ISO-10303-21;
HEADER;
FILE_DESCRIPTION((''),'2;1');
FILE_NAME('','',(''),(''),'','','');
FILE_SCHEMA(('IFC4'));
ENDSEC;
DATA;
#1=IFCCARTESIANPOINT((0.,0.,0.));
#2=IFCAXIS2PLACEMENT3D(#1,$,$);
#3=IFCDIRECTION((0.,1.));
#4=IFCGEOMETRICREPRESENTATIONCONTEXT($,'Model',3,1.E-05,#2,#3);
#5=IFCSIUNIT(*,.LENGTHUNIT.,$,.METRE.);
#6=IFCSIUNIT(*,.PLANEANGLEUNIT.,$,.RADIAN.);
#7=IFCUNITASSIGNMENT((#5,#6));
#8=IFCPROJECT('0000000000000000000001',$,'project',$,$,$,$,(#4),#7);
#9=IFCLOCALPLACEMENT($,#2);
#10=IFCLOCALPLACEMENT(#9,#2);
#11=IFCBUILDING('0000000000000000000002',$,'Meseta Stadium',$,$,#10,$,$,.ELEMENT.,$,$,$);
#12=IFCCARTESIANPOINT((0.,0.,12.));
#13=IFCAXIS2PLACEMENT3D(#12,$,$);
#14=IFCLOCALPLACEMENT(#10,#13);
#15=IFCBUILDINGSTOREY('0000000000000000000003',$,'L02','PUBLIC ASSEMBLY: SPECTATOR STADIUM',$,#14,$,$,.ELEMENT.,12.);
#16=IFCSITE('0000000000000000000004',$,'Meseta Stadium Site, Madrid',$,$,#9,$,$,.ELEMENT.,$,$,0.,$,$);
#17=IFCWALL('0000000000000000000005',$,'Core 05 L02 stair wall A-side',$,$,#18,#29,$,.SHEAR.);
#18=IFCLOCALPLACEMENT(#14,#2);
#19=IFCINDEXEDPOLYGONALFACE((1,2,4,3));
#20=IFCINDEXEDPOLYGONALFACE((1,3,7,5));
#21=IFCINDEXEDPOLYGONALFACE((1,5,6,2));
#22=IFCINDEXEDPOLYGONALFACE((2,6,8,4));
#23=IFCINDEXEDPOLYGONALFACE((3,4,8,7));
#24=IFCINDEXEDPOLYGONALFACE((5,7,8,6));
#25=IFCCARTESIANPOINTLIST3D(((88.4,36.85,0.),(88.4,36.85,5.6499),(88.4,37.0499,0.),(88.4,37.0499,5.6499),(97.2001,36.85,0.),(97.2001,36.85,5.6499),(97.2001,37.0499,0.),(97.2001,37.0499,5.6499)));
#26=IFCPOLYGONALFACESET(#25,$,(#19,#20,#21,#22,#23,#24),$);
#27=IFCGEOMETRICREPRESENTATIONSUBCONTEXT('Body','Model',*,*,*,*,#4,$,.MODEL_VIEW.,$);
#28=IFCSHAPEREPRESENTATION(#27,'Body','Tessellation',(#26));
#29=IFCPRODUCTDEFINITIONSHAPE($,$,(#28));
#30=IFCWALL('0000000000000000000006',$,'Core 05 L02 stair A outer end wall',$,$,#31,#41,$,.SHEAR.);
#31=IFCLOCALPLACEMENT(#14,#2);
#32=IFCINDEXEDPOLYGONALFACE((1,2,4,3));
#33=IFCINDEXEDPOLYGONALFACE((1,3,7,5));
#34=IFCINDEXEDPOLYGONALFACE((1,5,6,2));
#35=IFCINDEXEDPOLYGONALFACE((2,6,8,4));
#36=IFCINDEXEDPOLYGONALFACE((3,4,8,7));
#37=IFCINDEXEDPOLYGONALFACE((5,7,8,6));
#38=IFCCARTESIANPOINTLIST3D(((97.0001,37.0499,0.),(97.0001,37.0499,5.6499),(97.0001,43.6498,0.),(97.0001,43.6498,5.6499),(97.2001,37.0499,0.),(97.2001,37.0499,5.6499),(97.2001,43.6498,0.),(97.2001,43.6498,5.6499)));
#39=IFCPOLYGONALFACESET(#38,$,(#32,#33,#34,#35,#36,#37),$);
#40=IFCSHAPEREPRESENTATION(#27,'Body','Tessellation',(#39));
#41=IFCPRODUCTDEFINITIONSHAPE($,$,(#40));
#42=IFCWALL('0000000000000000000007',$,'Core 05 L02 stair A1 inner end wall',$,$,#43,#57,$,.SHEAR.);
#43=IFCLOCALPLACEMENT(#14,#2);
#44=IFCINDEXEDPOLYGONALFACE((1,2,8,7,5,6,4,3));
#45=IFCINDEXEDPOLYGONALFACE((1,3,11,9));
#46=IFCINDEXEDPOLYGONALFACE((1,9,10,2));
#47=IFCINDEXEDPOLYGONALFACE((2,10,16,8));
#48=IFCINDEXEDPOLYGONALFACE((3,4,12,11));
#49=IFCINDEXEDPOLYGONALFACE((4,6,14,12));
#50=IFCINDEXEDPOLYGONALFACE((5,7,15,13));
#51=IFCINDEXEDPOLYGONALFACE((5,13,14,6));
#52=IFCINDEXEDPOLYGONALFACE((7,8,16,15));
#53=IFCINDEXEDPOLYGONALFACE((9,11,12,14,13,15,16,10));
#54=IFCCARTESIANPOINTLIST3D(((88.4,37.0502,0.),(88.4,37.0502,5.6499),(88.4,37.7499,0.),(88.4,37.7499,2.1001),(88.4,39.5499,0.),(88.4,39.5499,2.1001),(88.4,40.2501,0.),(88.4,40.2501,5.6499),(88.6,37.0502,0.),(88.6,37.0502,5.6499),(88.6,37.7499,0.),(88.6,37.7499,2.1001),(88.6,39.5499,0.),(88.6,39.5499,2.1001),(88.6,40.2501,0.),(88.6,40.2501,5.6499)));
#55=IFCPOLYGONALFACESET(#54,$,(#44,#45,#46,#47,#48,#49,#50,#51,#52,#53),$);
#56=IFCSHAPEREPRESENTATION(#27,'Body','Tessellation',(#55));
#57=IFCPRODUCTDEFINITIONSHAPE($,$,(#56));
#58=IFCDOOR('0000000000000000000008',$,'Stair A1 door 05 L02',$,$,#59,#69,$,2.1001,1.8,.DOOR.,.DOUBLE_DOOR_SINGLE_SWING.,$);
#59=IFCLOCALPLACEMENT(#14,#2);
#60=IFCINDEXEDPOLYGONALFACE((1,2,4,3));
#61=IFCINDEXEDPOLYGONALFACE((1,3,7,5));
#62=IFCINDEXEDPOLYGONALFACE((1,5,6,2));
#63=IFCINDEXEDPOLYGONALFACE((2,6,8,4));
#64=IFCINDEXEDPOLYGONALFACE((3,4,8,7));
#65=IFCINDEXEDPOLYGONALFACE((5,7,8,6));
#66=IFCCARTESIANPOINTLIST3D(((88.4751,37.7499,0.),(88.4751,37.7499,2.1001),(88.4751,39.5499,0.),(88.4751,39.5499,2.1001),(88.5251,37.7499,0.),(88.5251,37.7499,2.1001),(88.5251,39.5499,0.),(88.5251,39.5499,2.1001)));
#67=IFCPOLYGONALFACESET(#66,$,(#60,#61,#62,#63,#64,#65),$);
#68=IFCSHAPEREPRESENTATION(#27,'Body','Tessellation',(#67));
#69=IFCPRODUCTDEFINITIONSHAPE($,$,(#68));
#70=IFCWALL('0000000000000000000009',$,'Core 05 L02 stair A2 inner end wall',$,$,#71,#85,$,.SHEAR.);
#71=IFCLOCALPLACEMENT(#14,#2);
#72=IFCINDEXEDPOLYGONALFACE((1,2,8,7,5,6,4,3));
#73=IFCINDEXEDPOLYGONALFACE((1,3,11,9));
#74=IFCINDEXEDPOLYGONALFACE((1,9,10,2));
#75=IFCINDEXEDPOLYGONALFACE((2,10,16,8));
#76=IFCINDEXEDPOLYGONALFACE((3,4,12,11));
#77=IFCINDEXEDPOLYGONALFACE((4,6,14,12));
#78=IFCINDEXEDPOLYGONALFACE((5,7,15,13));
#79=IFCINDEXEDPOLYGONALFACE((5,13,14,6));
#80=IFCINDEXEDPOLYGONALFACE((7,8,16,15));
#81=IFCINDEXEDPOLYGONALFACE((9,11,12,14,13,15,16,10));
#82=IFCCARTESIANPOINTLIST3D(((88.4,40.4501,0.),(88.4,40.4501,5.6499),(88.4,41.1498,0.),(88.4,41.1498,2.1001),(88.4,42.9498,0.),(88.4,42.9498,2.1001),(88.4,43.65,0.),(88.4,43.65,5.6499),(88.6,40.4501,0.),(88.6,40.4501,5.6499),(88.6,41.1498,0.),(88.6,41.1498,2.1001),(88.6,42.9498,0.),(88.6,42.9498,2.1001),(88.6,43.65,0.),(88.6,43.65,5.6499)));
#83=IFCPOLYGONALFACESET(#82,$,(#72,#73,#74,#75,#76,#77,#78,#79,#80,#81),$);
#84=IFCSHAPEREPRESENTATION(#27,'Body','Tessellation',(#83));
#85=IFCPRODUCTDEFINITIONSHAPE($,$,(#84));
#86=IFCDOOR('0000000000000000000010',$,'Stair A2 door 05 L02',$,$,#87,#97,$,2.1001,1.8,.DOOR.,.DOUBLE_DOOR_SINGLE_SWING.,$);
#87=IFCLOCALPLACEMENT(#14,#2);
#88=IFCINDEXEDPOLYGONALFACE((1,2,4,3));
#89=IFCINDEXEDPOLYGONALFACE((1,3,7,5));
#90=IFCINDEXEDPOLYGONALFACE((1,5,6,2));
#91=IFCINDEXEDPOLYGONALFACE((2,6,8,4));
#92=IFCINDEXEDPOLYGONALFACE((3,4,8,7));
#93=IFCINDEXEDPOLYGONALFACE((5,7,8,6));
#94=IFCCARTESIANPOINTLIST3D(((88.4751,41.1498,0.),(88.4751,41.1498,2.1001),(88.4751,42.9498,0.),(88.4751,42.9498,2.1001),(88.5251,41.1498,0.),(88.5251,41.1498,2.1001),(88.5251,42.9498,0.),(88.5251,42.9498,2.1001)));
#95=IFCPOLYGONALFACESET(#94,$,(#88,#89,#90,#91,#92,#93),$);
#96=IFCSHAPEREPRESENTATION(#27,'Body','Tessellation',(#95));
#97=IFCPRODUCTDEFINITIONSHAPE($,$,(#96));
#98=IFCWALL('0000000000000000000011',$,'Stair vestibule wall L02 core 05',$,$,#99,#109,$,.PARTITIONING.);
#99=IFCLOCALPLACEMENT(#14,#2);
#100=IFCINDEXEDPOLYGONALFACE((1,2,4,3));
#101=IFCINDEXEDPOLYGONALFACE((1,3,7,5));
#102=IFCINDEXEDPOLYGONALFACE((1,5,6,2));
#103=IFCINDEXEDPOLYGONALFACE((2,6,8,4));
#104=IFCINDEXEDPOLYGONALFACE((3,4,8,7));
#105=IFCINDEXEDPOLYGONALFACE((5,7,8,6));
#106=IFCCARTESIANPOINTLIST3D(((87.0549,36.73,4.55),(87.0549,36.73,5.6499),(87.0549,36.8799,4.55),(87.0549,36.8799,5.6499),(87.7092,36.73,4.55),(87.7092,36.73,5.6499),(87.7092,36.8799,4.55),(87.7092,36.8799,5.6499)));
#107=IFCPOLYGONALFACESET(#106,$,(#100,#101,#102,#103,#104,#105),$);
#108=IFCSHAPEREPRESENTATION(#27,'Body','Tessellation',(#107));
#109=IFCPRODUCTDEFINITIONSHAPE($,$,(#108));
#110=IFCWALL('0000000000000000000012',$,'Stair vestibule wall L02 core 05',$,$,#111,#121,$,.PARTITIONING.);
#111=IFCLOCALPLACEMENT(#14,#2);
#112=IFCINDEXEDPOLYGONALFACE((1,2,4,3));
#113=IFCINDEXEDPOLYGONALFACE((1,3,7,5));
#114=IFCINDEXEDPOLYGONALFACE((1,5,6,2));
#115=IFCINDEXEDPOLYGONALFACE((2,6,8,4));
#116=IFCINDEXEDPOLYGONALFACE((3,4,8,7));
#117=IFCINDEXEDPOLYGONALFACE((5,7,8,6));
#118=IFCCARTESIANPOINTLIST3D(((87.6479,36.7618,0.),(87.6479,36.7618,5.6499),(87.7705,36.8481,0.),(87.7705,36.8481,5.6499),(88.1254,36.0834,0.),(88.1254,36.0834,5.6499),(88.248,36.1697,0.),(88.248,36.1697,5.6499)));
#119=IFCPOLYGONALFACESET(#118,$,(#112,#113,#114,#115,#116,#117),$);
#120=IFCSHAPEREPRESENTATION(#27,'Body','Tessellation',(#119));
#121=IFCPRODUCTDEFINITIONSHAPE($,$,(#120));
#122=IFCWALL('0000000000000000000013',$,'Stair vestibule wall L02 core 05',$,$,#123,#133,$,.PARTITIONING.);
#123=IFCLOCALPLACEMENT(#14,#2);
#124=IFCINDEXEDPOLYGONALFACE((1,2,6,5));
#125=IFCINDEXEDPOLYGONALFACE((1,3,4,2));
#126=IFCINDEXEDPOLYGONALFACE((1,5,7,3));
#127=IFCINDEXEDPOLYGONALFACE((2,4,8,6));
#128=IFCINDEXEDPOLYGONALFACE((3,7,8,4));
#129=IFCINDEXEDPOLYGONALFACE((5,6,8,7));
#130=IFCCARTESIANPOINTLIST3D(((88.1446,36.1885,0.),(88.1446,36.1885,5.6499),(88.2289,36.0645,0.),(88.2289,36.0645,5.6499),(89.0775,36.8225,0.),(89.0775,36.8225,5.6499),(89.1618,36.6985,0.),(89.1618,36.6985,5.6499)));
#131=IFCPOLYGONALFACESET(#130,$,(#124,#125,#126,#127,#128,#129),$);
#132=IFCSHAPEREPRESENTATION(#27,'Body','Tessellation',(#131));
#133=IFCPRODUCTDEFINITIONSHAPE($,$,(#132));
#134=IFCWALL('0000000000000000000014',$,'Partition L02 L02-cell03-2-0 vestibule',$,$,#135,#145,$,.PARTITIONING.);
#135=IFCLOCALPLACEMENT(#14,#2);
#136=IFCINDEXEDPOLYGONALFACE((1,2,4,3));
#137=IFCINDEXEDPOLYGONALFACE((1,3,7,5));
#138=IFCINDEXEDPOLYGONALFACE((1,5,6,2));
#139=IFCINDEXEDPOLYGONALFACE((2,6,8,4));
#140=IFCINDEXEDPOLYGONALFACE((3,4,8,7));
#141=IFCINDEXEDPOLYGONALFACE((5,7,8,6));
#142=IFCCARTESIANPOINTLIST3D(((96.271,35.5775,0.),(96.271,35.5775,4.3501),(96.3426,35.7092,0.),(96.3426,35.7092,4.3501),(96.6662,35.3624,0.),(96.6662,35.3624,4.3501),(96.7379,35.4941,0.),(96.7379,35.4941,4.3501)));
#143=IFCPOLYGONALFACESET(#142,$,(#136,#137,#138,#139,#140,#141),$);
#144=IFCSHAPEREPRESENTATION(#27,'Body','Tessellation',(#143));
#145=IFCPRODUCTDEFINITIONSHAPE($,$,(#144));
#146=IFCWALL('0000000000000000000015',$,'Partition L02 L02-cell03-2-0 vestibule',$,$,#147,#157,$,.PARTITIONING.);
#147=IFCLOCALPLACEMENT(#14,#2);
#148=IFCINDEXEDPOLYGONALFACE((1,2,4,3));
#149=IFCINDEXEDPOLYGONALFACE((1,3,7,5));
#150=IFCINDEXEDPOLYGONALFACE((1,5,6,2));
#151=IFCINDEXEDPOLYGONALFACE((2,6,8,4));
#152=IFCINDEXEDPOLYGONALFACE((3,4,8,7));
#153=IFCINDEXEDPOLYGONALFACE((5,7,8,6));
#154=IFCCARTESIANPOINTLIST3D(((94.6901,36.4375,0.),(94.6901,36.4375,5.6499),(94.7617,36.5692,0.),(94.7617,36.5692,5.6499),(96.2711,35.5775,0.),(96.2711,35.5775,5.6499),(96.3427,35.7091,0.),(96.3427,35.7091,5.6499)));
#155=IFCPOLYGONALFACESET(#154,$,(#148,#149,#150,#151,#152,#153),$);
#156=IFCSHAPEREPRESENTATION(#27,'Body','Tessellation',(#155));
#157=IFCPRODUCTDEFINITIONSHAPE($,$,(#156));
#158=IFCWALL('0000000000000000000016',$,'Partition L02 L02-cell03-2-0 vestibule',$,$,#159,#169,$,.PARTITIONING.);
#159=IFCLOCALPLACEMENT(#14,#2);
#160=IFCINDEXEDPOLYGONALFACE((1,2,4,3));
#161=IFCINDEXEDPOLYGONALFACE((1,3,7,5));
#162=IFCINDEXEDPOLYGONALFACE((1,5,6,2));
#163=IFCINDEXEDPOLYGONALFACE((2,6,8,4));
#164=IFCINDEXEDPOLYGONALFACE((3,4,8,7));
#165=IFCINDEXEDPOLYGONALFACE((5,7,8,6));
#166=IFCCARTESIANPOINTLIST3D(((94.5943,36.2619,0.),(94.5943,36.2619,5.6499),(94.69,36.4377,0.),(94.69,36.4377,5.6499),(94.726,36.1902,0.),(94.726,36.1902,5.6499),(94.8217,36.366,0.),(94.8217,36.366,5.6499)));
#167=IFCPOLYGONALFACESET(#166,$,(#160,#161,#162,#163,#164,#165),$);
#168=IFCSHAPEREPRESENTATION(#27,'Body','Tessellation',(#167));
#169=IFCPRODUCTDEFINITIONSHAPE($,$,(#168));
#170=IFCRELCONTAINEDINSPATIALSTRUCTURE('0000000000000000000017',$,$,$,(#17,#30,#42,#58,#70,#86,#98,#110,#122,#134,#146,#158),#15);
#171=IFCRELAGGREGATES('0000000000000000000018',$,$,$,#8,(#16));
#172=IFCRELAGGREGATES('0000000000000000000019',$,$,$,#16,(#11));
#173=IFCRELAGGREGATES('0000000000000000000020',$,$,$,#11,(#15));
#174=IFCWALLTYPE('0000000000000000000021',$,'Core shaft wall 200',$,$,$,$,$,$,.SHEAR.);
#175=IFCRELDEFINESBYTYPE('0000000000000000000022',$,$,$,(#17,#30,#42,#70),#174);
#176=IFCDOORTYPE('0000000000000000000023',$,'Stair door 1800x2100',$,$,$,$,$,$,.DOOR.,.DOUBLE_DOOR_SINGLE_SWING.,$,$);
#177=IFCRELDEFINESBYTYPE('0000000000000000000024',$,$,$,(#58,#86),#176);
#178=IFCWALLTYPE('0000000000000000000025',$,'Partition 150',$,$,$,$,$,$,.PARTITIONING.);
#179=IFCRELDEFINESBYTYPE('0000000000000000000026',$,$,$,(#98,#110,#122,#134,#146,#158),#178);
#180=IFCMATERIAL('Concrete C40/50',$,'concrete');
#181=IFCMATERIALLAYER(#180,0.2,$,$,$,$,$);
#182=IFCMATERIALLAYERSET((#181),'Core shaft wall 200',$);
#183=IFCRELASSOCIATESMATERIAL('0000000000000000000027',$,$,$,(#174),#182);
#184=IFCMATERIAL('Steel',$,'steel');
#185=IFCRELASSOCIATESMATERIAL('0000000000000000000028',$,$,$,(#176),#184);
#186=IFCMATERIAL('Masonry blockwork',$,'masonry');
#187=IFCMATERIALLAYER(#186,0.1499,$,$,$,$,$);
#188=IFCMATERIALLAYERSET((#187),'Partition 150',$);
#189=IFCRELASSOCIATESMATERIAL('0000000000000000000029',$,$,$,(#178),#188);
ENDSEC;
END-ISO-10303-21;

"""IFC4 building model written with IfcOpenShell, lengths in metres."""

from ifc_helpers import new_model, si_unit, direction, frame, frame_2d, origin, place, context, subcontext, project, spatial, rectangle, extrude, material, layer, layer_set, type_object, element, fill, save


model = new_model("IFC4")

# Units and contexts
model_context = context("Model", 3, precision=1e-05, world=origin(), true_north=direction((0.0, 1.0)))
body_context = subcontext(model_context, "Body", "Model", "MODEL_VIEW")
ifc_project = project(units=[si_unit("LENGTHUNIT", "METRE"), si_unit("PLANEANGLEUNIT", "RADIAN")], contexts=[model_context])

# Site, building, storey
site_placement = place(None, origin())
site = spatial("IfcSite", under=ifc_project, at=site_placement, Name="Meseta Stadium Site, Madrid", CompositionType="ELEMENT", RefElevation=0.0)
building_placement = place(site_placement, origin())
building = spatial("IfcBuilding", under=site, at=building_placement, Name="Meseta Stadium", CompositionType="ELEMENT")
storey_placement = place(building_placement, frame((0.0, 0.0, 12.0)))
storey = spatial("IfcBuildingStorey", under=building, at=storey_placement, Name="L02", Description="PUBLIC ASSEMBLY: SPECTATOR STADIUM", CompositionType="ELEMENT", Elevation=12.0)

# Walls
ifc_material_1 = material(Name="Concrete C40/50", Category="concrete")
ifc_layer_1 = layer(ifc_material_1, 0.2)
ifc_layer_set_1 = layer_set([ifc_layer_1], Name="Core shaft wall 200")
wall_type_1 = type_object("IfcWallType", Name="Core shaft wall 200", PredefinedType="SHEAR", material=ifc_layer_set_1)
wall_1_placement = place(storey_placement, frame((97.2, 36.95, 0.0), z_axis=(0.0, 0.0, 1.0), x_axis=(-1.0, 0.0, 0.0)))
element("IfcWall", 1, at=wall_1_placement, inside=storey, type_object=wall_type_1, Name="Core 05 L02 stair wall A-side", PredefinedType="SHEAR", context=body_context, shape_type="SweptSolid", body=[
    extrude(rectangle(XDim=8.8, YDim=0.2, at=frame_2d((4.3999, 0.0))), origin(), (0.0, 0.0, 1.0), 5.6499),
])
wall_2_placement = place(storey_placement, frame((97.1001, 37.05, 0.0), z_axis=(0.0, 0.0, 1.0), x_axis=(0.0, 1.0, 0.0)))
element("IfcWall", 2, at=wall_2_placement, inside=storey, type_object=wall_type_1, Name="Core 05 L02 stair A outer end wall", PredefinedType="SHEAR", context=body_context, shape_type="SweptSolid", body=[
    extrude(rectangle(XDim=6.5999, YDim=0.2, at=frame_2d((3.2998, 0.0))), origin(), (0.0, 0.0, 1.0), 5.6499),
])

# Walls, openings, doors
wall_3_placement = place(storey_placement, frame((88.5, 37.05, 0.0), z_axis=(0.0, 0.0, 1.0), x_axis=(0.0, 1.0, 0.0)))
wall_3 = element("IfcWall", 3, at=wall_3_placement, inside=storey, type_object=wall_type_1, Name="Core 05 L02 stair A1 inner end wall", PredefinedType="SHEAR", context=body_context, shape_type="SweptSolid", body=[
    extrude(rectangle(XDim=3.2, YDim=0.2, at=frame_2d((1.6001, 0.0))), origin(), (0.0, 0.0, 1.0), 5.6499),
])
opening_1_placement = place(wall_3_placement, frame((0.7, 0.0, 0.0)))
opening_1 = element("IfcOpeningElement", 4, at=opening_1_placement, cuts=wall_3, PredefinedType="OPENING", context=body_context, shape_type="SweptSolid", body=[
    extrude(rectangle(XDim=1.8, YDim=2.1001, at=frame_2d((0.8999, 1.05))), frame((0.0, 0.1099, 0.0), z_axis=(0.0, -1.0, 0.0), x_axis=(1.0, 0.0, 0.0)), (0.0, 0.0, 1.0), 0.22),
])
ifc_material_2 = material(Name="Steel", Category="steel")
door_type_1 = type_object("IfcDoorType", Name="Stair door 1800x2100", OperationType="DOUBLE_DOOR_SINGLE_SWING", PredefinedType="DOOR", material=ifc_material_2)
door_1_placement = place(opening_1_placement, origin())
door_1 = element("IfcDoor", 5, at=door_1_placement, inside=storey, type_object=door_type_1, Name="Stair A1 door 05 L02", OperationType="DOUBLE_DOOR_SINGLE_SWING", OverallHeight=2.1001, OverallWidth=1.8, PredefinedType="DOOR", context=body_context, shape_type="SweptSolid", body=[
    extrude(rectangle(XDim=1.8, YDim=2.1001, at=frame_2d((0.8999, 1.05))), frame((0.0, 0.0249, 0.0), z_axis=(0.0, -1.0, 0.0), x_axis=(1.0, 0.0, 0.0)), (0.0, 0.0, 1.0), 0.05),
])
fill(opening_1, door_1)
wall_4_placement = place(storey_placement, frame((88.5, 40.45, 0.0), z_axis=(0.0, 0.0, 1.0), x_axis=(0.0, 1.0, 0.0)))
wall_4 = element("IfcWall", 6, at=wall_4_placement, inside=storey, type_object=wall_type_1, Name="Core 05 L02 stair A2 inner end wall", PredefinedType="SHEAR", context=body_context, shape_type="SweptSolid", body=[
    extrude(rectangle(XDim=3.2, YDim=0.2, at=frame_2d((1.6001, 0.0))), origin(), (0.0, 0.0, 1.0), 5.6499),
])
opening_2_placement = place(wall_4_placement, frame((0.7, 0.0, 0.0)))
opening_2 = element("IfcOpeningElement", 7, at=opening_2_placement, cuts=wall_4, PredefinedType="OPENING", context=body_context, shape_type="SweptSolid", body=[
    extrude(rectangle(XDim=1.8, YDim=2.1001, at=frame_2d((0.8999, 1.05))), frame((0.0, 0.1099, 0.0), z_axis=(0.0, -1.0, 0.0), x_axis=(1.0, 0.0, 0.0)), (0.0, 0.0, 1.0), 0.22),
])
door_2_placement = place(opening_2_placement, origin())
door_2 = element("IfcDoor", 8, at=door_2_placement, inside=storey, type_object=door_type_1, Name="Stair A2 door 05 L02", OperationType="DOUBLE_DOOR_SINGLE_SWING", OverallHeight=2.1001, OverallWidth=1.8, PredefinedType="DOOR", context=body_context, shape_type="SweptSolid", body=[
    extrude(rectangle(XDim=1.8, YDim=2.1001, at=frame_2d((0.8999, 1.05))), frame((0.0, 0.0249, 0.0), z_axis=(0.0, -1.0, 0.0), x_axis=(1.0, 0.0, 0.0)), (0.0, 0.0, 1.0), 0.05),
])
fill(opening_2, door_2)

# Walls
ifc_material_3 = material(Name="Masonry blockwork", Category="masonry")
ifc_layer_2 = layer(ifc_material_3, 0.1499)
ifc_layer_set_2 = layer_set([ifc_layer_2], Name="Partition 150")
wall_type_2 = type_object("IfcWallType", Name="Partition 150", PredefinedType="PARTITIONING", material=ifc_layer_set_2)
wall_5_placement = place(storey_placement, frame((87.0549, 36.8049, 4.55), z_axis=(0.0, 0.0, 1.0), x_axis=(1.0, 0.0, 0.0)))
element("IfcWall", 9, at=wall_5_placement, inside=storey, type_object=wall_type_2, Name="Stair vestibule wall L02 core 05", PredefinedType="PARTITIONING", context=body_context, shape_type="SweptSolid", body=[
    extrude(rectangle(XDim=0.6543, YDim=0.1499, at=frame_2d((0.3271, 0.0))), origin(), (0.0, 0.0, 1.0), 1.0999),
])
wall_6_placement = place(storey_placement, frame((87.7092, 36.8049, 0.0), z_axis=(0.0, 0.0, 1.0), x_axis=(0.575574, -0.81775, 0.0)))
element("IfcWall", 10, at=wall_6_placement, inside=storey, type_object=wall_type_2, Name="Stair vestibule wall L02 core 05", PredefinedType="PARTITIONING", context=body_context, shape_type="SweptSolid", body=[
    extrude(rectangle(XDim=0.8296, YDim=0.1499, at=frame_2d((0.4148, 0.0))), origin(), (0.0, 0.0, 1.0), 5.6499),
])
wall_7_placement = place(storey_placement, frame((88.1868, 36.1265, 0.0), z_axis=(0.0, 0.0, 1.0), x_axis=(0.827055, 0.562121, 0.0)))
element("IfcWall", 11, at=wall_7_placement, inside=storey, type_object=wall_type_2, Name="Stair vestibule wall L02 core 05", PredefinedType="PARTITIONING", context=body_context, shape_type="SweptSolid", body=[
    extrude(rectangle(XDim=1.1279, YDim=0.1499, at=frame_2d((0.564, 0.0))), origin(), (0.0, 0.0, 1.0), 5.6499),
])
wall_8_placement = place(storey_placement, frame((96.7021, 35.4282, 0.0), z_axis=(0.0, 0.0, 1.0), x_axis=(-0.878372, 0.477978, 0.0)))
element("IfcWall", 12, at=wall_8_placement, inside=storey, type_object=wall_type_2, Name="Partition L02 L02-cell03-2-0 vestibule", PredefinedType="PARTITIONING", context=body_context, shape_type="SweptSolid", body=[
    extrude(rectangle(XDim=0.45, YDim=0.1499, at=frame_2d((0.2251, 0.0))), origin(), (0.0, 0.0, 1.0), 4.3501),
])
wall_9_placement = place(storey_placement, frame((96.3069, 35.6433, 0.0), z_axis=(0.0, 0.0, 1.0), x_axis=(-0.878429, 0.477873, 0.0)))
element("IfcWall", 13, at=wall_9_placement, inside=storey, type_object=wall_type_2, Name="Partition L02 L02-cell03-2-0 vestibule", PredefinedType="PARTITIONING", context=body_context, shape_type="SweptSolid", body=[
    extrude(rectangle(XDim=1.7998, YDim=0.1499, at=frame_2d((0.8999, 0.0))), origin(), (0.0, 0.0, 1.0), 5.6499),
])
wall_10_placement = place(storey_placement, frame((94.7559, 36.4019, 0.0), z_axis=(0.0, 0.0, 1.0), x_axis=(-0.478168, -0.878268, 0.0)))
element("IfcWall", 14, at=wall_10_placement, inside=storey, type_object=wall_type_2, Name="Partition L02 L02-cell03-2-0 vestibule", PredefinedType="PARTITIONING", context=body_context, shape_type="SweptSolid", body=[
    extrude(rectangle(XDim=0.2002, YDim=0.1499, at=frame_2d((0.1001, 0.0))), origin(), (0.0, 0.0, 1.0), 5.6499),
])

save(model, "model.ifc")
